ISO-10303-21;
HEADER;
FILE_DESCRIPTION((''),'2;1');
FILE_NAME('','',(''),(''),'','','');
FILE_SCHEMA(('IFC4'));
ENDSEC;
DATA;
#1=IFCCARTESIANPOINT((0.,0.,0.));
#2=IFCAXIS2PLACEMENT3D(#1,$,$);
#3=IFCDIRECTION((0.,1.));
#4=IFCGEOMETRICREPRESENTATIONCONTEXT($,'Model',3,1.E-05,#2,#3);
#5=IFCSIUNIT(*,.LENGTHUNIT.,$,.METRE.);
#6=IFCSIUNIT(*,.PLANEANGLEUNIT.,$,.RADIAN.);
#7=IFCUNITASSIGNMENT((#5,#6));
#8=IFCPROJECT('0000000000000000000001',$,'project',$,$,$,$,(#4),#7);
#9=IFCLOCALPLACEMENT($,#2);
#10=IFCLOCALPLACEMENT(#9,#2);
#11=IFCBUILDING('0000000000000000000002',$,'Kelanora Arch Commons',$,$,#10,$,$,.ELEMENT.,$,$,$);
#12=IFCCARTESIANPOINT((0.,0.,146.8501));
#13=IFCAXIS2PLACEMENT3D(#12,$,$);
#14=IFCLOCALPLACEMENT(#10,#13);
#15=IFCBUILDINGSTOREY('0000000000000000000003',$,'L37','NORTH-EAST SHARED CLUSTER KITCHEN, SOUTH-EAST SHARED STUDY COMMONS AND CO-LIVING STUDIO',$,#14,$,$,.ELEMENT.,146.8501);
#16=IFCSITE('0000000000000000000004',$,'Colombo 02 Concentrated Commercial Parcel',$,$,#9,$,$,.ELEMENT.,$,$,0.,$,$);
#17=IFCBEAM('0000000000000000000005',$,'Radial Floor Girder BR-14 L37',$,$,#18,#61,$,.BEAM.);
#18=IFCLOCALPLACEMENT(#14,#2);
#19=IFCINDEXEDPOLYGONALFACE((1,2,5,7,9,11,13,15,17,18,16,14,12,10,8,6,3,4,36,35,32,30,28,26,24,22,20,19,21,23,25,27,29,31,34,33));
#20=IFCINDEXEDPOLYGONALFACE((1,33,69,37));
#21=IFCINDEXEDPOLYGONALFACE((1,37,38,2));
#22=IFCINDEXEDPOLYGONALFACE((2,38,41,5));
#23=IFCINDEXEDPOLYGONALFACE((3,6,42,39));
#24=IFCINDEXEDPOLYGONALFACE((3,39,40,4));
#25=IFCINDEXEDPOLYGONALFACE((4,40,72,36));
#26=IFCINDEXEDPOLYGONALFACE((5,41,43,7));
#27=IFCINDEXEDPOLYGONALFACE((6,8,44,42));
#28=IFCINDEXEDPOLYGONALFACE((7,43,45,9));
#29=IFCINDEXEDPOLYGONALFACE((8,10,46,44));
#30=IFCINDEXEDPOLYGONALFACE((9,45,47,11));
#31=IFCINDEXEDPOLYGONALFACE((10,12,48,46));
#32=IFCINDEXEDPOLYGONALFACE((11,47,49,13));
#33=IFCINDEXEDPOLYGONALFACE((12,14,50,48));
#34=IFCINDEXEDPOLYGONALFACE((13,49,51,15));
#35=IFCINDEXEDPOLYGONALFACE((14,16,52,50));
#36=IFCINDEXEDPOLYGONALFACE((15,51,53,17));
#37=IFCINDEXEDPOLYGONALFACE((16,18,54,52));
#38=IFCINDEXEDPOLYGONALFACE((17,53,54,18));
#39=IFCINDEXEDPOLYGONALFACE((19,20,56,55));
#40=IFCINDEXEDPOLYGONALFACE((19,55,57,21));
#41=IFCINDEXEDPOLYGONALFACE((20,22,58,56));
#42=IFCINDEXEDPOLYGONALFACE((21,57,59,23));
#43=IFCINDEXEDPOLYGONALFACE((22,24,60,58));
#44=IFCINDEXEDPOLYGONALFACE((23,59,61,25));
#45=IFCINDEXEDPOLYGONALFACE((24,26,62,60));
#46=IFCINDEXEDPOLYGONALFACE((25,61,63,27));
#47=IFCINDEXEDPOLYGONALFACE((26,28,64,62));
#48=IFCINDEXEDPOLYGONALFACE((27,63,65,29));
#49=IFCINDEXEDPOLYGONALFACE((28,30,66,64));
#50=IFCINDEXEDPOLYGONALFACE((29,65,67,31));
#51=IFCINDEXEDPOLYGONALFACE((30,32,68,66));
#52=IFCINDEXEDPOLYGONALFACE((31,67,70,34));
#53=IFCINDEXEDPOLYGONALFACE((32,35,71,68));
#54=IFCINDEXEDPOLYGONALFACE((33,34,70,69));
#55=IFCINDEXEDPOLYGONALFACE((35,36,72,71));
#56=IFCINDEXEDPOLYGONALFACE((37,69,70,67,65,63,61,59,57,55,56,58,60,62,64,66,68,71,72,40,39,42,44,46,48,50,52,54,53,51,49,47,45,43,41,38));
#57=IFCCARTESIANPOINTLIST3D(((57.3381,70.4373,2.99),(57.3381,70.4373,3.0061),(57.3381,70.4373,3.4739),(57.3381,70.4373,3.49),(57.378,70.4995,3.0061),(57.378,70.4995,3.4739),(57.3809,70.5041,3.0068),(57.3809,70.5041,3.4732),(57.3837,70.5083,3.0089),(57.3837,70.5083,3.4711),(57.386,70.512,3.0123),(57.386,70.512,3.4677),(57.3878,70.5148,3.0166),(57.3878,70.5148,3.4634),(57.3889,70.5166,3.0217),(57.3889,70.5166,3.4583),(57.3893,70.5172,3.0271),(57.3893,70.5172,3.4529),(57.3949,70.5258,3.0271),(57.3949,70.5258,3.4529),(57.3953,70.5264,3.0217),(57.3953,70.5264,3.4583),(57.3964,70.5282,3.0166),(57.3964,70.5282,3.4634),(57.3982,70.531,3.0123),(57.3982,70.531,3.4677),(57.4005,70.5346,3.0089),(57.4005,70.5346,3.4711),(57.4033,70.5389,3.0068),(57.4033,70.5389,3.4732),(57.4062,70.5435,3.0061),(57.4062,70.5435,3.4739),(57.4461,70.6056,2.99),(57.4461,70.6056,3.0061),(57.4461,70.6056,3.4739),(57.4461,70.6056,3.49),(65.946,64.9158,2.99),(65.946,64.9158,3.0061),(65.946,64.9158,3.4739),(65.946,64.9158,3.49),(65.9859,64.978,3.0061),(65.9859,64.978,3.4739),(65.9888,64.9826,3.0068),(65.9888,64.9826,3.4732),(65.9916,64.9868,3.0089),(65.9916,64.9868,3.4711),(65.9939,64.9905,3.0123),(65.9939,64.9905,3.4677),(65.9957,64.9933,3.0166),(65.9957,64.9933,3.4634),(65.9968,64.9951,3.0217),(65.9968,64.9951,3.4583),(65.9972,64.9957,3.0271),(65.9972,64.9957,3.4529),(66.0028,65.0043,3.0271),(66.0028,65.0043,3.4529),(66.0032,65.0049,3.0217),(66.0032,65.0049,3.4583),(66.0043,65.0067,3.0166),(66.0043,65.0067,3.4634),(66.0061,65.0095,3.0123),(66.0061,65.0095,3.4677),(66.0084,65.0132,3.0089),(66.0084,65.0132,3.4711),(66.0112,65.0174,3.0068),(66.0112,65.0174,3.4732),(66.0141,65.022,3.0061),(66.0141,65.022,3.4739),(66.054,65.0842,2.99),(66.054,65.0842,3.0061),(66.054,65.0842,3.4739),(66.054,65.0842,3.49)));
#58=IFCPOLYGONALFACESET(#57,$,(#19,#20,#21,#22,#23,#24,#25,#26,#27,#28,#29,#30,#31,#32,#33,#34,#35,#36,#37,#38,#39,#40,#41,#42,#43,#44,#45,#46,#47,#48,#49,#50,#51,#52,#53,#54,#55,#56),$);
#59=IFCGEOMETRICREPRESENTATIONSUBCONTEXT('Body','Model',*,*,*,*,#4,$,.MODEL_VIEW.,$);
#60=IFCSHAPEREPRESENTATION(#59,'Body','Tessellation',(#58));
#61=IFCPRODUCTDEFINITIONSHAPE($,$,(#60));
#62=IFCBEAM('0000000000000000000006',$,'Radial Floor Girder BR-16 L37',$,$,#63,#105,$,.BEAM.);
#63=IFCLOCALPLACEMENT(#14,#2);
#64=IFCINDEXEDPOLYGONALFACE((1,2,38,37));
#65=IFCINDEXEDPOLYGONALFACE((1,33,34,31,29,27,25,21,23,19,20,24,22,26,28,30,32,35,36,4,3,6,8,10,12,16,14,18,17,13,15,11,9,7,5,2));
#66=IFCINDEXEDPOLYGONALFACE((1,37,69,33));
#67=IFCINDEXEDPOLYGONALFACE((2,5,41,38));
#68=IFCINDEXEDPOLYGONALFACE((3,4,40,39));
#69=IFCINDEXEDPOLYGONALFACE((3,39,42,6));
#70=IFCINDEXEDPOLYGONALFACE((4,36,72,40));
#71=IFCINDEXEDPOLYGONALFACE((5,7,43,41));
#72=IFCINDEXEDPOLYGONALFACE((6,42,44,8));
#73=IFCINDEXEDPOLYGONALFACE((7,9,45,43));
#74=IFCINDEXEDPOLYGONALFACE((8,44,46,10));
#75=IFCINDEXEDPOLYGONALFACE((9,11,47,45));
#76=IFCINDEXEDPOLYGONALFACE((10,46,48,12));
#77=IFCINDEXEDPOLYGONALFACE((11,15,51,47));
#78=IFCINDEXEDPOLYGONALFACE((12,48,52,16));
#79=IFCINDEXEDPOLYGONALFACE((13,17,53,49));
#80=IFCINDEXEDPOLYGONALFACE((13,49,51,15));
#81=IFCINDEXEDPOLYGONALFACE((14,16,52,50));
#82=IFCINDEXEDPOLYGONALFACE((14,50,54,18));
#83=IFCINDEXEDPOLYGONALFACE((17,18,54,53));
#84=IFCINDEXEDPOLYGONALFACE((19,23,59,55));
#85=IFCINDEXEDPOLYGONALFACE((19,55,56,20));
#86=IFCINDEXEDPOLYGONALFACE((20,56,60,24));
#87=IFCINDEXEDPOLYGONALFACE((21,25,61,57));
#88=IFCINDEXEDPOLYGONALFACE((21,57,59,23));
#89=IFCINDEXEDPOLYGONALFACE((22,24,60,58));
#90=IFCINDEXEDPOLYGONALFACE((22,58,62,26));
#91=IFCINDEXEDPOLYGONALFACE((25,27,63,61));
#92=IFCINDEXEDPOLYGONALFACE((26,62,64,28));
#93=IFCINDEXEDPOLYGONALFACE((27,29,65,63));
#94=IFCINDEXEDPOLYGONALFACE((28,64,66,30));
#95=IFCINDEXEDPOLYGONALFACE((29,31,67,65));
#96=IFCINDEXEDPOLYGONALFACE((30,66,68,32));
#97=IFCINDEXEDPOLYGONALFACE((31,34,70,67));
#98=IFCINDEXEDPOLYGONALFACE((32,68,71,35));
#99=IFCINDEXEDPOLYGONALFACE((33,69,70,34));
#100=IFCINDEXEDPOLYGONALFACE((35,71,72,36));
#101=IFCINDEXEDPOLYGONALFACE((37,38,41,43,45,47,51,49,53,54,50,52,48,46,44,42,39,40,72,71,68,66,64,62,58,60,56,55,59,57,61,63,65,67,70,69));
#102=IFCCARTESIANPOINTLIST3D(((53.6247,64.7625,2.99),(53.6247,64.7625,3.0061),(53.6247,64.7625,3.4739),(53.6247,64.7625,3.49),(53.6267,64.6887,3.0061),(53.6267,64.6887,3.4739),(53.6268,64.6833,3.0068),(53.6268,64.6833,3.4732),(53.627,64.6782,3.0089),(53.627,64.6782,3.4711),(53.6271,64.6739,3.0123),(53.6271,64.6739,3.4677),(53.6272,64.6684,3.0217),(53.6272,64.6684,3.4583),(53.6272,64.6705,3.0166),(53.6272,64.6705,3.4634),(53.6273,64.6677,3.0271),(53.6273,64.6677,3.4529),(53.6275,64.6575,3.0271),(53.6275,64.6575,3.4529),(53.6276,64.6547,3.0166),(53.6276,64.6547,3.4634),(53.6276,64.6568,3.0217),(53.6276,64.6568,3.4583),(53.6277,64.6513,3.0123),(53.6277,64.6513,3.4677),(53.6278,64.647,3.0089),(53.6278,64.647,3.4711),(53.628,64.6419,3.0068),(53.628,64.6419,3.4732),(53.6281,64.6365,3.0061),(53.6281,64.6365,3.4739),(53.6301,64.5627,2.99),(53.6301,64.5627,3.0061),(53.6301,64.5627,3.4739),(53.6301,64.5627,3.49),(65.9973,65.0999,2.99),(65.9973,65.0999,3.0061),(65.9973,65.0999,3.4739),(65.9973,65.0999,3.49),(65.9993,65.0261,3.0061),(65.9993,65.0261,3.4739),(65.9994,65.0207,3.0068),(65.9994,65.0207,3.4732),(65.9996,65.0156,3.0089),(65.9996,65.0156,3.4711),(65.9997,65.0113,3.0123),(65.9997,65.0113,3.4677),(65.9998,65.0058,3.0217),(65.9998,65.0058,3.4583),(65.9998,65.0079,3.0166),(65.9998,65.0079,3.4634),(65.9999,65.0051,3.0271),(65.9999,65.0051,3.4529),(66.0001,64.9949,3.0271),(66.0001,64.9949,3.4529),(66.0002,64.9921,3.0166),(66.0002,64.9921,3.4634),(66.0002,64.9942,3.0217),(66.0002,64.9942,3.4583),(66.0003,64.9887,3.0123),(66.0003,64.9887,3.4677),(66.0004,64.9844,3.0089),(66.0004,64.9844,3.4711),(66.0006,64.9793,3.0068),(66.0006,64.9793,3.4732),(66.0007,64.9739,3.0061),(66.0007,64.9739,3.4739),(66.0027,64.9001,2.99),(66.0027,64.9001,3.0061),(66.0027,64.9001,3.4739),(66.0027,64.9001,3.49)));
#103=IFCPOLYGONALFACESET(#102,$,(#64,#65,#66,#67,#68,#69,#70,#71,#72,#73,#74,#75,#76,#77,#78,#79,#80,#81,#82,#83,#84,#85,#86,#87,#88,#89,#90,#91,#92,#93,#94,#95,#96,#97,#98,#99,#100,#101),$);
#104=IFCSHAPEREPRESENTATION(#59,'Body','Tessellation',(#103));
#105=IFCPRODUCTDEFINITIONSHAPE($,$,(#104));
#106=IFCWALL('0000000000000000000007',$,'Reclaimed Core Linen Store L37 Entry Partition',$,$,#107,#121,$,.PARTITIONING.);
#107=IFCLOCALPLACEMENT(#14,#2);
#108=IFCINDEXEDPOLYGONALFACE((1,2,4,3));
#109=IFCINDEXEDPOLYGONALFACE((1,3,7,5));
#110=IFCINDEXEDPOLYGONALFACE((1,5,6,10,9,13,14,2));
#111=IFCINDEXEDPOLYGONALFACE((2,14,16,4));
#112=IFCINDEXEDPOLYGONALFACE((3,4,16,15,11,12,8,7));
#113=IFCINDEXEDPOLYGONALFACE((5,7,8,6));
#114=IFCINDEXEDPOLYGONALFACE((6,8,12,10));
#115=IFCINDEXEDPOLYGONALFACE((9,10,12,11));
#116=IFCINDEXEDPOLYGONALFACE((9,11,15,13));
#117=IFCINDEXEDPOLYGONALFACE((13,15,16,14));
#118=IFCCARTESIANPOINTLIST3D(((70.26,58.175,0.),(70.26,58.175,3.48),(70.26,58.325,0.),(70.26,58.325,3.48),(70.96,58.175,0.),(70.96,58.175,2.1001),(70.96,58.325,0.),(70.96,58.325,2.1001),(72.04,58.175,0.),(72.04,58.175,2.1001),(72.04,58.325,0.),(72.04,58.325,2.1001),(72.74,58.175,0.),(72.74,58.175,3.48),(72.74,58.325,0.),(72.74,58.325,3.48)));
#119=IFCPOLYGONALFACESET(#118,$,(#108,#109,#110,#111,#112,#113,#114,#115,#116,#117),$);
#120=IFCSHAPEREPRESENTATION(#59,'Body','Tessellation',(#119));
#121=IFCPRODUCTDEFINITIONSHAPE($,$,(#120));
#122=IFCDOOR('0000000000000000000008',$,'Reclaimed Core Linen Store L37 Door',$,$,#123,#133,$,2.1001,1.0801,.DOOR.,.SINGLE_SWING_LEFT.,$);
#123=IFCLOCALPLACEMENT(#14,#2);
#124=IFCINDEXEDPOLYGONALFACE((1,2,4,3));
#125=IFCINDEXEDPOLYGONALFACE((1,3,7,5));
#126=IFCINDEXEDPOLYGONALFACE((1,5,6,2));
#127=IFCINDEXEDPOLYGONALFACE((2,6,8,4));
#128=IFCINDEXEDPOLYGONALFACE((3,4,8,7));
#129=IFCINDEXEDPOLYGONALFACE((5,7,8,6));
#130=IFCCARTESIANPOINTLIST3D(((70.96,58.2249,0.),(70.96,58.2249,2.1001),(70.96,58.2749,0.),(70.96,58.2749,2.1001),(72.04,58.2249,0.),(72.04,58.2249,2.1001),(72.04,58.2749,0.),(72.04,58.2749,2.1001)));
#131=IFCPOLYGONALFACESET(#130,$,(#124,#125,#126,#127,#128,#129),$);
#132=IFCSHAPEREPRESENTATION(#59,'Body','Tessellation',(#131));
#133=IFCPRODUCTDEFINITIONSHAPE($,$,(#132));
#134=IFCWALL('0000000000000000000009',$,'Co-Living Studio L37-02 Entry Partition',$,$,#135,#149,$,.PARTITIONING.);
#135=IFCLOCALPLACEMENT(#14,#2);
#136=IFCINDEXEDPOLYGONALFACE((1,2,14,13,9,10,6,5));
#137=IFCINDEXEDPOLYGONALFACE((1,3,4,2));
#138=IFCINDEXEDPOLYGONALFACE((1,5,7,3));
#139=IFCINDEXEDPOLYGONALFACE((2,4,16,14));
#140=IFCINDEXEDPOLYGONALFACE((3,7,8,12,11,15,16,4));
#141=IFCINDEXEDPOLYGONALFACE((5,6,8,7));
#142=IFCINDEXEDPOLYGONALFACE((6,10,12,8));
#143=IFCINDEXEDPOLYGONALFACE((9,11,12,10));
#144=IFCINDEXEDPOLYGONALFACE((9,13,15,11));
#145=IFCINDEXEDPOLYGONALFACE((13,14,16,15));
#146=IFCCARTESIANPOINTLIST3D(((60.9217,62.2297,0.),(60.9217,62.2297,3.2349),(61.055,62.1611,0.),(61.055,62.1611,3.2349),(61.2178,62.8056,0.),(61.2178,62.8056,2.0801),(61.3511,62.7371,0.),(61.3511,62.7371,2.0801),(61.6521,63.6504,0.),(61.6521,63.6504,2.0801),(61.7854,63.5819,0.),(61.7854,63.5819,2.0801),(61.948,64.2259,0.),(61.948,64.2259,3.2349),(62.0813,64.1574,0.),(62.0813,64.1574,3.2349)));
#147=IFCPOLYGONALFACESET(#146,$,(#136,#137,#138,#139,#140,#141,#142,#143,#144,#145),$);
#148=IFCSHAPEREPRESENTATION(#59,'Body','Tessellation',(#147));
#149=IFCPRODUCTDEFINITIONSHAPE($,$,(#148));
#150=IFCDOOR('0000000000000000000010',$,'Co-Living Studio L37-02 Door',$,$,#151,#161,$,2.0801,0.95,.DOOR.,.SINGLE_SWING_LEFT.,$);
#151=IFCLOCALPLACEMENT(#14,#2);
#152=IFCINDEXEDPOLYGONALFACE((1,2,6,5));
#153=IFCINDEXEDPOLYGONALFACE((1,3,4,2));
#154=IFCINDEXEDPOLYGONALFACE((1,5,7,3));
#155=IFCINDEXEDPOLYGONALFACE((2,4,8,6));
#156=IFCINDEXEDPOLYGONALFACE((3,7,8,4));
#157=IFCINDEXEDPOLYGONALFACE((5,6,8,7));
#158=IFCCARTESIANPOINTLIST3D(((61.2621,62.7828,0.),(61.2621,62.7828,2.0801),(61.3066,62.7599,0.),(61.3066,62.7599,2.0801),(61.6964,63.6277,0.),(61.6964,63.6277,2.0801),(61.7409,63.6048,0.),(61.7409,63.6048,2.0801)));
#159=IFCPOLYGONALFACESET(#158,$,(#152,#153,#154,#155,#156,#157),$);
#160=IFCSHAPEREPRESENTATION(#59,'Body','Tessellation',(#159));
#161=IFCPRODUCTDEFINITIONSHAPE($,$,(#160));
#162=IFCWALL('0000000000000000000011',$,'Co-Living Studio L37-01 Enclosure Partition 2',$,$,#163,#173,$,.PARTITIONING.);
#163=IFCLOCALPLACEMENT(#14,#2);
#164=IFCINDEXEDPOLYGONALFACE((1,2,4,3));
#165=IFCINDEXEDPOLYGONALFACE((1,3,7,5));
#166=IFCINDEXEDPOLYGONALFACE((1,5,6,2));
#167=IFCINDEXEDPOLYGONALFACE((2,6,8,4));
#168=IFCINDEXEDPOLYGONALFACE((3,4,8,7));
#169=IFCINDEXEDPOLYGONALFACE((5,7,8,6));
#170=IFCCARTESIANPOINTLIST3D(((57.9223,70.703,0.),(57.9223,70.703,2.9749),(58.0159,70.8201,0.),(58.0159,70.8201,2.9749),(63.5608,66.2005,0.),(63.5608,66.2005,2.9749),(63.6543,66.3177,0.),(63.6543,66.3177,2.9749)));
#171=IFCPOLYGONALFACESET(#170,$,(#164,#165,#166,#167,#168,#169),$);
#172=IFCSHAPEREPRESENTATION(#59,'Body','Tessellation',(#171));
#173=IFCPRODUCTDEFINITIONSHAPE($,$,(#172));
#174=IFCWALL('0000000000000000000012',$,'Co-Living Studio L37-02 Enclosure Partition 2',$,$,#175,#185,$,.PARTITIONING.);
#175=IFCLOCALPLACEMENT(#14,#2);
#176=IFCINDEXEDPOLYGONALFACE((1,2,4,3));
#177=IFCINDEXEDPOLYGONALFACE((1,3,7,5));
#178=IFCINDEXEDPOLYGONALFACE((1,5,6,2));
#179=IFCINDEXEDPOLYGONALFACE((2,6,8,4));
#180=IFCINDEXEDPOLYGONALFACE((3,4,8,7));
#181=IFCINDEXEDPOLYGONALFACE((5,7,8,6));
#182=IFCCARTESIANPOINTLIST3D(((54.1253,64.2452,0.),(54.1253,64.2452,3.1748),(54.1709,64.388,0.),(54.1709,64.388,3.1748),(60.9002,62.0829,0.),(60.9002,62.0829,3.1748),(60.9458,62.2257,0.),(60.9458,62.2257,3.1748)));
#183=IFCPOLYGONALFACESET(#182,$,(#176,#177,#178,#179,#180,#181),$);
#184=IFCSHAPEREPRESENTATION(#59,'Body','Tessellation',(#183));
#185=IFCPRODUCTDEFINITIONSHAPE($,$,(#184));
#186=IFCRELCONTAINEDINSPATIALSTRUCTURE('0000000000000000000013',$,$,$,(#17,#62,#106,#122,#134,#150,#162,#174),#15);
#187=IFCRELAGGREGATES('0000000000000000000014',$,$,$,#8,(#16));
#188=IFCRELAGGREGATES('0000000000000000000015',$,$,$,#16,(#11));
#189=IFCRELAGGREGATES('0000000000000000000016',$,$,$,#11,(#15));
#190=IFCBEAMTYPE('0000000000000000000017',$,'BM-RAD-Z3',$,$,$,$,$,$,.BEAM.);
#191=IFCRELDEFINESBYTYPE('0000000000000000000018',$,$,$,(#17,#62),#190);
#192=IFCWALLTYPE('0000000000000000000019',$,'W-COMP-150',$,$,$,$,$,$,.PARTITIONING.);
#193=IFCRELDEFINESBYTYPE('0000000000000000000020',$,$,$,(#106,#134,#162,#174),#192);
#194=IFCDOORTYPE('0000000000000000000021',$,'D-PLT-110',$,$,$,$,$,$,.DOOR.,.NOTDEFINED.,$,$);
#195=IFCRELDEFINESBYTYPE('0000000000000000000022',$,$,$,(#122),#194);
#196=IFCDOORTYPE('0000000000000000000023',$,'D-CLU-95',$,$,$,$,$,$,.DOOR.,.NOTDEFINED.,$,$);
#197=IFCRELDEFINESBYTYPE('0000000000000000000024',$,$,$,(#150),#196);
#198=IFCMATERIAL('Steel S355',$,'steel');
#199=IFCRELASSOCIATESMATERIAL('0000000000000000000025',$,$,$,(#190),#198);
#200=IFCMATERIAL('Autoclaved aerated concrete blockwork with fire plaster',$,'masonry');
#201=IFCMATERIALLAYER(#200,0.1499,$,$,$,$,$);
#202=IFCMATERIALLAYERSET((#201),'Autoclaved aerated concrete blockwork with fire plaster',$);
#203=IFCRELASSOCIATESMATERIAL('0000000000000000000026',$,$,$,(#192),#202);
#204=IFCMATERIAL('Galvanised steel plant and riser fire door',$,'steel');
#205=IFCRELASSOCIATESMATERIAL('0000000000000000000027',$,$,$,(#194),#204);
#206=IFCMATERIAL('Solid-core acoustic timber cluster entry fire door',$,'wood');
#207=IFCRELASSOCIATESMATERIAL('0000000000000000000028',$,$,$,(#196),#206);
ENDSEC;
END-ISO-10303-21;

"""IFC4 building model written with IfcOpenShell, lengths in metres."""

from ifc_helpers import new_model, si_unit, direction, frame, frame_2d, origin, origin_2d, place, context, subcontext, project, spatial, rectangle, i_section, extrude, material, layer, layer_set, material_profile, profile_set, type_object, element, fill, save


model = new_model("IFC4")

# Units and contexts
model_context = context("Model", 3, precision=1e-05, world=origin(), true_north=direction((0.0, 1.0)))
body_context = subcontext(model_context, "Body", "Model", "MODEL_VIEW")
ifc_project = project(units=[si_unit("LENGTHUNIT", "METRE"), si_unit("PLANEANGLEUNIT", "RADIAN")], contexts=[model_context])

# Site, building, storey
site_placement = place(None, origin())
site = spatial("IfcSite", under=ifc_project, at=site_placement, Name="Colombo 02 Concentrated Commercial Parcel", CompositionType="ELEMENT", RefElevation=0.0)
building_placement = place(site_placement, origin())
building = spatial("IfcBuilding", under=site, at=building_placement, Name="Kelanora Arch Commons", CompositionType="ELEMENT")
storey_placement = place(building_placement, frame((0.0, 0.0, 146.8501)))
storey = spatial("IfcBuildingStorey", under=building, at=storey_placement, Name="L37", Description="NORTH-EAST SHARED CLUSTER KITCHEN, SOUTH-EAST SHARED STUDY COMMONS AND CO-LIVING STUDIO", CompositionType="ELEMENT", Elevation=146.8501)

# Beams
ifc_material_1 = material(Name="Steel S355", Category="steel")
ifc_material_profile_1 = material_profile(ifc_material_1, i_section(OverallWidth=0.2, OverallDepth=0.5, WebThickness=0.0103, FlangeThickness=0.0161, FilletRadius=0.021, at=origin_2d()), Name="IPE500")
ifc_profile_set_1 = profile_set([ifc_material_profile_1], Name="Steel S355")
beam_type_1 = type_object("IfcBeamType", Name="BM-RAD-Z3", PredefinedType="BEAM", material=ifc_profile_set_1)
beam_1_placement = place(storey_placement, frame((66.0, 65.0, 3.24), z_axis=(-0.841719, 0.539915, 0.0), x_axis=(-0.539915, -0.841719, 0.0)))
element("IfcBeam", 1, at=beam_1_placement, inside=storey, type_object=beam_type_1, Name="Radial Floor Girder BR-14 L37", PredefinedType="BEAM", context=body_context, shape_type="SweptSolid", body=[
    extrude(i_section(OverallWidth=0.2, OverallDepth=0.5, WebThickness=0.0103, FlangeThickness=0.0161, FilletRadius=0.021, at=origin_2d()), origin(), (0.0, 0.0, 1.0), 10.2266),
])
beam_2_placement = place(storey_placement, frame((66.0, 65.0, 3.24), z_axis=(-0.999628, -0.02726, 0.0), x_axis=(0.02726, -0.999628, 0.0)))
element("IfcBeam", 2, at=beam_2_placement, inside=storey, type_object=beam_type_1, Name="Radial Floor Girder BR-16 L37", PredefinedType="BEAM", context=body_context, shape_type="SweptSolid", body=[
    extrude(i_section(OverallWidth=0.2, OverallDepth=0.5, WebThickness=0.0103, FlangeThickness=0.0161, FilletRadius=0.021, at=origin_2d()), origin(), (0.0, 0.0, 1.0), 12.3772),
])

# Walls, openings, doors
ifc_material_2 = material(Name="Autoclaved aerated concrete blockwork with fire plaster", Category="masonry")
ifc_layer_1 = layer(ifc_material_2, 0.1499)
ifc_layer_set_1 = layer_set([ifc_layer_1], Name="Autoclaved aerated concrete blockwork with fire plaster")
wall_type_1 = type_object("IfcWallType", Name="W-COMP-150", PredefinedType="PARTITIONING", material=ifc_layer_set_1)
wall_1_placement = place(storey_placement, frame((70.26, 58.25, 0.0), z_axis=(0.0, 0.0, 1.0), x_axis=(1.0, 0.0, 0.0)))
wall_1 = element("IfcWall", 3, at=wall_1_placement, inside=storey, type_object=wall_type_1, Name="Reclaimed Core Linen Store L37 Entry Partition", PredefinedType="PARTITIONING", context=body_context, shape_type="SweptSolid", body=[
    extrude(rectangle(XDim=2.48, YDim=0.1499, at=frame_2d((1.24, 0.0))), origin(), (0.0, 0.0, 1.0), 3.48),
])
opening_1_placement = place(wall_1_placement, frame((0.7, 0.0, 0.0)))
opening_1 = element("IfcOpeningElement", 4, at=opening_1_placement, cuts=wall_1, PredefinedType="OPENING", context=body_context, shape_type="SweptSolid", body=[
    extrude(rectangle(XDim=1.0801, YDim=2.1001, at=frame_2d((0.54, 1.05))), frame((0.0, 0.085, 0.0), z_axis=(0.0, -1.0, 0.0), x_axis=(1.0, 0.0, 0.0)), (0.0, 0.0, 1.0), 0.1699),
])
ifc_material_3 = material(Name="Galvanised steel plant and riser fire door", Category="steel")
door_type_1 = type_object("IfcDoorType", Name="D-PLT-110", OperationType="NOTDEFINED", PredefinedType="DOOR", material=ifc_material_3)
door_1_placement = place(opening_1_placement, origin())
door_1 = element("IfcDoor", 5, at=door_1_placement, inside=storey, type_object=door_type_1, Name="Reclaimed Core Linen Store L37 Door", OperationType="SINGLE_SWING_LEFT", OverallHeight=2.1001, OverallWidth=1.0801, PredefinedType="DOOR", context=body_context, shape_type="SweptSolid", body=[
    extrude(rectangle(XDim=1.0801, YDim=2.1001, at=frame_2d((0.54, 1.05))), frame((0.0, 0.0249, 0.0), z_axis=(0.0, -1.0, 0.0), x_axis=(1.0, 0.0, 0.0)), (0.0, 0.0, 1.0), 0.05),
])
fill(opening_1, door_1)
wall_2_placement = place(storey_placement, frame((62.0146, 64.1917, 0.0), z_axis=(0.0, 0.0, 1.0), x_axis=(-0.457235, -0.889346, 0.0)))
wall_2 = element("IfcWall", 6, at=wall_2_placement, inside=storey, type_object=wall_type_1, Name="Co-Living Studio L37-02 Entry Partition", PredefinedType="PARTITIONING", context=body_context, shape_type="SweptSolid", body=[
    extrude(rectangle(XDim=2.2446, YDim=0.1499, at=frame_2d((1.1223, 0.0))), origin(), (0.0, 0.0, 1.0), 3.2349),
])
opening_2_placement = place(wall_2_placement, frame((0.647, 0.0, 0.0)))
opening_2 = element("IfcOpeningElement", 7, at=opening_2_placement, cuts=wall_2, PredefinedType="OPENING", context=body_context, shape_type="SweptSolid", body=[
    extrude(rectangle(XDim=0.95, YDim=2.0801, at=frame_2d((0.4751, 1.04))), frame((0.0, 0.085, 0.0), z_axis=(0.0, -1.0, 0.0), x_axis=(1.0, 0.0, 0.0)), (0.0, 0.0, 1.0), 0.1699),
])
ifc_material_4 = material(Name="Solid-core acoustic timber cluster entry fire door", Category="wood")
door_type_2 = type_object("IfcDoorType", Name="D-CLU-95", OperationType="NOTDEFINED", PredefinedType="DOOR", material=ifc_material_4)
door_2_placement = place(opening_2_placement, origin())
door_2 = element("IfcDoor", 8, at=door_2_placement, inside=storey, type_object=door_type_2, Name="Co-Living Studio L37-02 Door", OperationType="SINGLE_SWING_LEFT", OverallHeight=2.0801, OverallWidth=0.95, PredefinedType="DOOR", context=body_context, shape_type="SweptSolid", body=[
    extrude(rectangle(XDim=0.95, YDim=2.0801, at=frame_2d((0.4751, 1.04))), frame((0.0, 0.0249, 0.0), z_axis=(0.0, -1.0, 0.0), x_axis=(1.0, 0.0, 0.0)), (0.0, 0.0, 1.0), 0.05),
])
fill(opening_2, door_2)

# Walls
wall_3_placement = place(storey_placement, frame((63.6077, 66.259, 0.0), z_axis=(0.0, 0.0, 1.0), x_axis=(-0.78143, 0.623993, 0.0)))
element("IfcWall", 9, at=wall_3_placement, inside=storey, type_object=wall_type_1, Name="Co-Living Studio L37-01 Enclosure Partition 2", PredefinedType="PARTITIONING", context=body_context, shape_type="SweptSolid", body=[
    extrude(rectangle(XDim=7.2156, YDim=0.1499, at=frame_2d((3.6079, 0.0))), origin(), (0.0, 0.0, 1.0), 2.9749),
])
wall_4_placement = place(storey_placement, frame((60.9229, 62.1543, 0.0), z_axis=(0.0, 0.0, 1.0), x_axis=(-0.952653, 0.304059, 0.0)))
element("IfcWall", 10, at=wall_4_placement, inside=storey, type_object=wall_type_1, Name="Co-Living Studio L37-02 Enclosure Partition 2", PredefinedType="PARTITIONING", context=body_context, shape_type="SweptSolid", body=[
    extrude(rectangle(XDim=7.1116, YDim=0.1499, at=frame_2d((3.5557, 0.0))), origin(), (0.0, 0.0, 1.0), 3.1748),
])

save(model, "model.ifc")
